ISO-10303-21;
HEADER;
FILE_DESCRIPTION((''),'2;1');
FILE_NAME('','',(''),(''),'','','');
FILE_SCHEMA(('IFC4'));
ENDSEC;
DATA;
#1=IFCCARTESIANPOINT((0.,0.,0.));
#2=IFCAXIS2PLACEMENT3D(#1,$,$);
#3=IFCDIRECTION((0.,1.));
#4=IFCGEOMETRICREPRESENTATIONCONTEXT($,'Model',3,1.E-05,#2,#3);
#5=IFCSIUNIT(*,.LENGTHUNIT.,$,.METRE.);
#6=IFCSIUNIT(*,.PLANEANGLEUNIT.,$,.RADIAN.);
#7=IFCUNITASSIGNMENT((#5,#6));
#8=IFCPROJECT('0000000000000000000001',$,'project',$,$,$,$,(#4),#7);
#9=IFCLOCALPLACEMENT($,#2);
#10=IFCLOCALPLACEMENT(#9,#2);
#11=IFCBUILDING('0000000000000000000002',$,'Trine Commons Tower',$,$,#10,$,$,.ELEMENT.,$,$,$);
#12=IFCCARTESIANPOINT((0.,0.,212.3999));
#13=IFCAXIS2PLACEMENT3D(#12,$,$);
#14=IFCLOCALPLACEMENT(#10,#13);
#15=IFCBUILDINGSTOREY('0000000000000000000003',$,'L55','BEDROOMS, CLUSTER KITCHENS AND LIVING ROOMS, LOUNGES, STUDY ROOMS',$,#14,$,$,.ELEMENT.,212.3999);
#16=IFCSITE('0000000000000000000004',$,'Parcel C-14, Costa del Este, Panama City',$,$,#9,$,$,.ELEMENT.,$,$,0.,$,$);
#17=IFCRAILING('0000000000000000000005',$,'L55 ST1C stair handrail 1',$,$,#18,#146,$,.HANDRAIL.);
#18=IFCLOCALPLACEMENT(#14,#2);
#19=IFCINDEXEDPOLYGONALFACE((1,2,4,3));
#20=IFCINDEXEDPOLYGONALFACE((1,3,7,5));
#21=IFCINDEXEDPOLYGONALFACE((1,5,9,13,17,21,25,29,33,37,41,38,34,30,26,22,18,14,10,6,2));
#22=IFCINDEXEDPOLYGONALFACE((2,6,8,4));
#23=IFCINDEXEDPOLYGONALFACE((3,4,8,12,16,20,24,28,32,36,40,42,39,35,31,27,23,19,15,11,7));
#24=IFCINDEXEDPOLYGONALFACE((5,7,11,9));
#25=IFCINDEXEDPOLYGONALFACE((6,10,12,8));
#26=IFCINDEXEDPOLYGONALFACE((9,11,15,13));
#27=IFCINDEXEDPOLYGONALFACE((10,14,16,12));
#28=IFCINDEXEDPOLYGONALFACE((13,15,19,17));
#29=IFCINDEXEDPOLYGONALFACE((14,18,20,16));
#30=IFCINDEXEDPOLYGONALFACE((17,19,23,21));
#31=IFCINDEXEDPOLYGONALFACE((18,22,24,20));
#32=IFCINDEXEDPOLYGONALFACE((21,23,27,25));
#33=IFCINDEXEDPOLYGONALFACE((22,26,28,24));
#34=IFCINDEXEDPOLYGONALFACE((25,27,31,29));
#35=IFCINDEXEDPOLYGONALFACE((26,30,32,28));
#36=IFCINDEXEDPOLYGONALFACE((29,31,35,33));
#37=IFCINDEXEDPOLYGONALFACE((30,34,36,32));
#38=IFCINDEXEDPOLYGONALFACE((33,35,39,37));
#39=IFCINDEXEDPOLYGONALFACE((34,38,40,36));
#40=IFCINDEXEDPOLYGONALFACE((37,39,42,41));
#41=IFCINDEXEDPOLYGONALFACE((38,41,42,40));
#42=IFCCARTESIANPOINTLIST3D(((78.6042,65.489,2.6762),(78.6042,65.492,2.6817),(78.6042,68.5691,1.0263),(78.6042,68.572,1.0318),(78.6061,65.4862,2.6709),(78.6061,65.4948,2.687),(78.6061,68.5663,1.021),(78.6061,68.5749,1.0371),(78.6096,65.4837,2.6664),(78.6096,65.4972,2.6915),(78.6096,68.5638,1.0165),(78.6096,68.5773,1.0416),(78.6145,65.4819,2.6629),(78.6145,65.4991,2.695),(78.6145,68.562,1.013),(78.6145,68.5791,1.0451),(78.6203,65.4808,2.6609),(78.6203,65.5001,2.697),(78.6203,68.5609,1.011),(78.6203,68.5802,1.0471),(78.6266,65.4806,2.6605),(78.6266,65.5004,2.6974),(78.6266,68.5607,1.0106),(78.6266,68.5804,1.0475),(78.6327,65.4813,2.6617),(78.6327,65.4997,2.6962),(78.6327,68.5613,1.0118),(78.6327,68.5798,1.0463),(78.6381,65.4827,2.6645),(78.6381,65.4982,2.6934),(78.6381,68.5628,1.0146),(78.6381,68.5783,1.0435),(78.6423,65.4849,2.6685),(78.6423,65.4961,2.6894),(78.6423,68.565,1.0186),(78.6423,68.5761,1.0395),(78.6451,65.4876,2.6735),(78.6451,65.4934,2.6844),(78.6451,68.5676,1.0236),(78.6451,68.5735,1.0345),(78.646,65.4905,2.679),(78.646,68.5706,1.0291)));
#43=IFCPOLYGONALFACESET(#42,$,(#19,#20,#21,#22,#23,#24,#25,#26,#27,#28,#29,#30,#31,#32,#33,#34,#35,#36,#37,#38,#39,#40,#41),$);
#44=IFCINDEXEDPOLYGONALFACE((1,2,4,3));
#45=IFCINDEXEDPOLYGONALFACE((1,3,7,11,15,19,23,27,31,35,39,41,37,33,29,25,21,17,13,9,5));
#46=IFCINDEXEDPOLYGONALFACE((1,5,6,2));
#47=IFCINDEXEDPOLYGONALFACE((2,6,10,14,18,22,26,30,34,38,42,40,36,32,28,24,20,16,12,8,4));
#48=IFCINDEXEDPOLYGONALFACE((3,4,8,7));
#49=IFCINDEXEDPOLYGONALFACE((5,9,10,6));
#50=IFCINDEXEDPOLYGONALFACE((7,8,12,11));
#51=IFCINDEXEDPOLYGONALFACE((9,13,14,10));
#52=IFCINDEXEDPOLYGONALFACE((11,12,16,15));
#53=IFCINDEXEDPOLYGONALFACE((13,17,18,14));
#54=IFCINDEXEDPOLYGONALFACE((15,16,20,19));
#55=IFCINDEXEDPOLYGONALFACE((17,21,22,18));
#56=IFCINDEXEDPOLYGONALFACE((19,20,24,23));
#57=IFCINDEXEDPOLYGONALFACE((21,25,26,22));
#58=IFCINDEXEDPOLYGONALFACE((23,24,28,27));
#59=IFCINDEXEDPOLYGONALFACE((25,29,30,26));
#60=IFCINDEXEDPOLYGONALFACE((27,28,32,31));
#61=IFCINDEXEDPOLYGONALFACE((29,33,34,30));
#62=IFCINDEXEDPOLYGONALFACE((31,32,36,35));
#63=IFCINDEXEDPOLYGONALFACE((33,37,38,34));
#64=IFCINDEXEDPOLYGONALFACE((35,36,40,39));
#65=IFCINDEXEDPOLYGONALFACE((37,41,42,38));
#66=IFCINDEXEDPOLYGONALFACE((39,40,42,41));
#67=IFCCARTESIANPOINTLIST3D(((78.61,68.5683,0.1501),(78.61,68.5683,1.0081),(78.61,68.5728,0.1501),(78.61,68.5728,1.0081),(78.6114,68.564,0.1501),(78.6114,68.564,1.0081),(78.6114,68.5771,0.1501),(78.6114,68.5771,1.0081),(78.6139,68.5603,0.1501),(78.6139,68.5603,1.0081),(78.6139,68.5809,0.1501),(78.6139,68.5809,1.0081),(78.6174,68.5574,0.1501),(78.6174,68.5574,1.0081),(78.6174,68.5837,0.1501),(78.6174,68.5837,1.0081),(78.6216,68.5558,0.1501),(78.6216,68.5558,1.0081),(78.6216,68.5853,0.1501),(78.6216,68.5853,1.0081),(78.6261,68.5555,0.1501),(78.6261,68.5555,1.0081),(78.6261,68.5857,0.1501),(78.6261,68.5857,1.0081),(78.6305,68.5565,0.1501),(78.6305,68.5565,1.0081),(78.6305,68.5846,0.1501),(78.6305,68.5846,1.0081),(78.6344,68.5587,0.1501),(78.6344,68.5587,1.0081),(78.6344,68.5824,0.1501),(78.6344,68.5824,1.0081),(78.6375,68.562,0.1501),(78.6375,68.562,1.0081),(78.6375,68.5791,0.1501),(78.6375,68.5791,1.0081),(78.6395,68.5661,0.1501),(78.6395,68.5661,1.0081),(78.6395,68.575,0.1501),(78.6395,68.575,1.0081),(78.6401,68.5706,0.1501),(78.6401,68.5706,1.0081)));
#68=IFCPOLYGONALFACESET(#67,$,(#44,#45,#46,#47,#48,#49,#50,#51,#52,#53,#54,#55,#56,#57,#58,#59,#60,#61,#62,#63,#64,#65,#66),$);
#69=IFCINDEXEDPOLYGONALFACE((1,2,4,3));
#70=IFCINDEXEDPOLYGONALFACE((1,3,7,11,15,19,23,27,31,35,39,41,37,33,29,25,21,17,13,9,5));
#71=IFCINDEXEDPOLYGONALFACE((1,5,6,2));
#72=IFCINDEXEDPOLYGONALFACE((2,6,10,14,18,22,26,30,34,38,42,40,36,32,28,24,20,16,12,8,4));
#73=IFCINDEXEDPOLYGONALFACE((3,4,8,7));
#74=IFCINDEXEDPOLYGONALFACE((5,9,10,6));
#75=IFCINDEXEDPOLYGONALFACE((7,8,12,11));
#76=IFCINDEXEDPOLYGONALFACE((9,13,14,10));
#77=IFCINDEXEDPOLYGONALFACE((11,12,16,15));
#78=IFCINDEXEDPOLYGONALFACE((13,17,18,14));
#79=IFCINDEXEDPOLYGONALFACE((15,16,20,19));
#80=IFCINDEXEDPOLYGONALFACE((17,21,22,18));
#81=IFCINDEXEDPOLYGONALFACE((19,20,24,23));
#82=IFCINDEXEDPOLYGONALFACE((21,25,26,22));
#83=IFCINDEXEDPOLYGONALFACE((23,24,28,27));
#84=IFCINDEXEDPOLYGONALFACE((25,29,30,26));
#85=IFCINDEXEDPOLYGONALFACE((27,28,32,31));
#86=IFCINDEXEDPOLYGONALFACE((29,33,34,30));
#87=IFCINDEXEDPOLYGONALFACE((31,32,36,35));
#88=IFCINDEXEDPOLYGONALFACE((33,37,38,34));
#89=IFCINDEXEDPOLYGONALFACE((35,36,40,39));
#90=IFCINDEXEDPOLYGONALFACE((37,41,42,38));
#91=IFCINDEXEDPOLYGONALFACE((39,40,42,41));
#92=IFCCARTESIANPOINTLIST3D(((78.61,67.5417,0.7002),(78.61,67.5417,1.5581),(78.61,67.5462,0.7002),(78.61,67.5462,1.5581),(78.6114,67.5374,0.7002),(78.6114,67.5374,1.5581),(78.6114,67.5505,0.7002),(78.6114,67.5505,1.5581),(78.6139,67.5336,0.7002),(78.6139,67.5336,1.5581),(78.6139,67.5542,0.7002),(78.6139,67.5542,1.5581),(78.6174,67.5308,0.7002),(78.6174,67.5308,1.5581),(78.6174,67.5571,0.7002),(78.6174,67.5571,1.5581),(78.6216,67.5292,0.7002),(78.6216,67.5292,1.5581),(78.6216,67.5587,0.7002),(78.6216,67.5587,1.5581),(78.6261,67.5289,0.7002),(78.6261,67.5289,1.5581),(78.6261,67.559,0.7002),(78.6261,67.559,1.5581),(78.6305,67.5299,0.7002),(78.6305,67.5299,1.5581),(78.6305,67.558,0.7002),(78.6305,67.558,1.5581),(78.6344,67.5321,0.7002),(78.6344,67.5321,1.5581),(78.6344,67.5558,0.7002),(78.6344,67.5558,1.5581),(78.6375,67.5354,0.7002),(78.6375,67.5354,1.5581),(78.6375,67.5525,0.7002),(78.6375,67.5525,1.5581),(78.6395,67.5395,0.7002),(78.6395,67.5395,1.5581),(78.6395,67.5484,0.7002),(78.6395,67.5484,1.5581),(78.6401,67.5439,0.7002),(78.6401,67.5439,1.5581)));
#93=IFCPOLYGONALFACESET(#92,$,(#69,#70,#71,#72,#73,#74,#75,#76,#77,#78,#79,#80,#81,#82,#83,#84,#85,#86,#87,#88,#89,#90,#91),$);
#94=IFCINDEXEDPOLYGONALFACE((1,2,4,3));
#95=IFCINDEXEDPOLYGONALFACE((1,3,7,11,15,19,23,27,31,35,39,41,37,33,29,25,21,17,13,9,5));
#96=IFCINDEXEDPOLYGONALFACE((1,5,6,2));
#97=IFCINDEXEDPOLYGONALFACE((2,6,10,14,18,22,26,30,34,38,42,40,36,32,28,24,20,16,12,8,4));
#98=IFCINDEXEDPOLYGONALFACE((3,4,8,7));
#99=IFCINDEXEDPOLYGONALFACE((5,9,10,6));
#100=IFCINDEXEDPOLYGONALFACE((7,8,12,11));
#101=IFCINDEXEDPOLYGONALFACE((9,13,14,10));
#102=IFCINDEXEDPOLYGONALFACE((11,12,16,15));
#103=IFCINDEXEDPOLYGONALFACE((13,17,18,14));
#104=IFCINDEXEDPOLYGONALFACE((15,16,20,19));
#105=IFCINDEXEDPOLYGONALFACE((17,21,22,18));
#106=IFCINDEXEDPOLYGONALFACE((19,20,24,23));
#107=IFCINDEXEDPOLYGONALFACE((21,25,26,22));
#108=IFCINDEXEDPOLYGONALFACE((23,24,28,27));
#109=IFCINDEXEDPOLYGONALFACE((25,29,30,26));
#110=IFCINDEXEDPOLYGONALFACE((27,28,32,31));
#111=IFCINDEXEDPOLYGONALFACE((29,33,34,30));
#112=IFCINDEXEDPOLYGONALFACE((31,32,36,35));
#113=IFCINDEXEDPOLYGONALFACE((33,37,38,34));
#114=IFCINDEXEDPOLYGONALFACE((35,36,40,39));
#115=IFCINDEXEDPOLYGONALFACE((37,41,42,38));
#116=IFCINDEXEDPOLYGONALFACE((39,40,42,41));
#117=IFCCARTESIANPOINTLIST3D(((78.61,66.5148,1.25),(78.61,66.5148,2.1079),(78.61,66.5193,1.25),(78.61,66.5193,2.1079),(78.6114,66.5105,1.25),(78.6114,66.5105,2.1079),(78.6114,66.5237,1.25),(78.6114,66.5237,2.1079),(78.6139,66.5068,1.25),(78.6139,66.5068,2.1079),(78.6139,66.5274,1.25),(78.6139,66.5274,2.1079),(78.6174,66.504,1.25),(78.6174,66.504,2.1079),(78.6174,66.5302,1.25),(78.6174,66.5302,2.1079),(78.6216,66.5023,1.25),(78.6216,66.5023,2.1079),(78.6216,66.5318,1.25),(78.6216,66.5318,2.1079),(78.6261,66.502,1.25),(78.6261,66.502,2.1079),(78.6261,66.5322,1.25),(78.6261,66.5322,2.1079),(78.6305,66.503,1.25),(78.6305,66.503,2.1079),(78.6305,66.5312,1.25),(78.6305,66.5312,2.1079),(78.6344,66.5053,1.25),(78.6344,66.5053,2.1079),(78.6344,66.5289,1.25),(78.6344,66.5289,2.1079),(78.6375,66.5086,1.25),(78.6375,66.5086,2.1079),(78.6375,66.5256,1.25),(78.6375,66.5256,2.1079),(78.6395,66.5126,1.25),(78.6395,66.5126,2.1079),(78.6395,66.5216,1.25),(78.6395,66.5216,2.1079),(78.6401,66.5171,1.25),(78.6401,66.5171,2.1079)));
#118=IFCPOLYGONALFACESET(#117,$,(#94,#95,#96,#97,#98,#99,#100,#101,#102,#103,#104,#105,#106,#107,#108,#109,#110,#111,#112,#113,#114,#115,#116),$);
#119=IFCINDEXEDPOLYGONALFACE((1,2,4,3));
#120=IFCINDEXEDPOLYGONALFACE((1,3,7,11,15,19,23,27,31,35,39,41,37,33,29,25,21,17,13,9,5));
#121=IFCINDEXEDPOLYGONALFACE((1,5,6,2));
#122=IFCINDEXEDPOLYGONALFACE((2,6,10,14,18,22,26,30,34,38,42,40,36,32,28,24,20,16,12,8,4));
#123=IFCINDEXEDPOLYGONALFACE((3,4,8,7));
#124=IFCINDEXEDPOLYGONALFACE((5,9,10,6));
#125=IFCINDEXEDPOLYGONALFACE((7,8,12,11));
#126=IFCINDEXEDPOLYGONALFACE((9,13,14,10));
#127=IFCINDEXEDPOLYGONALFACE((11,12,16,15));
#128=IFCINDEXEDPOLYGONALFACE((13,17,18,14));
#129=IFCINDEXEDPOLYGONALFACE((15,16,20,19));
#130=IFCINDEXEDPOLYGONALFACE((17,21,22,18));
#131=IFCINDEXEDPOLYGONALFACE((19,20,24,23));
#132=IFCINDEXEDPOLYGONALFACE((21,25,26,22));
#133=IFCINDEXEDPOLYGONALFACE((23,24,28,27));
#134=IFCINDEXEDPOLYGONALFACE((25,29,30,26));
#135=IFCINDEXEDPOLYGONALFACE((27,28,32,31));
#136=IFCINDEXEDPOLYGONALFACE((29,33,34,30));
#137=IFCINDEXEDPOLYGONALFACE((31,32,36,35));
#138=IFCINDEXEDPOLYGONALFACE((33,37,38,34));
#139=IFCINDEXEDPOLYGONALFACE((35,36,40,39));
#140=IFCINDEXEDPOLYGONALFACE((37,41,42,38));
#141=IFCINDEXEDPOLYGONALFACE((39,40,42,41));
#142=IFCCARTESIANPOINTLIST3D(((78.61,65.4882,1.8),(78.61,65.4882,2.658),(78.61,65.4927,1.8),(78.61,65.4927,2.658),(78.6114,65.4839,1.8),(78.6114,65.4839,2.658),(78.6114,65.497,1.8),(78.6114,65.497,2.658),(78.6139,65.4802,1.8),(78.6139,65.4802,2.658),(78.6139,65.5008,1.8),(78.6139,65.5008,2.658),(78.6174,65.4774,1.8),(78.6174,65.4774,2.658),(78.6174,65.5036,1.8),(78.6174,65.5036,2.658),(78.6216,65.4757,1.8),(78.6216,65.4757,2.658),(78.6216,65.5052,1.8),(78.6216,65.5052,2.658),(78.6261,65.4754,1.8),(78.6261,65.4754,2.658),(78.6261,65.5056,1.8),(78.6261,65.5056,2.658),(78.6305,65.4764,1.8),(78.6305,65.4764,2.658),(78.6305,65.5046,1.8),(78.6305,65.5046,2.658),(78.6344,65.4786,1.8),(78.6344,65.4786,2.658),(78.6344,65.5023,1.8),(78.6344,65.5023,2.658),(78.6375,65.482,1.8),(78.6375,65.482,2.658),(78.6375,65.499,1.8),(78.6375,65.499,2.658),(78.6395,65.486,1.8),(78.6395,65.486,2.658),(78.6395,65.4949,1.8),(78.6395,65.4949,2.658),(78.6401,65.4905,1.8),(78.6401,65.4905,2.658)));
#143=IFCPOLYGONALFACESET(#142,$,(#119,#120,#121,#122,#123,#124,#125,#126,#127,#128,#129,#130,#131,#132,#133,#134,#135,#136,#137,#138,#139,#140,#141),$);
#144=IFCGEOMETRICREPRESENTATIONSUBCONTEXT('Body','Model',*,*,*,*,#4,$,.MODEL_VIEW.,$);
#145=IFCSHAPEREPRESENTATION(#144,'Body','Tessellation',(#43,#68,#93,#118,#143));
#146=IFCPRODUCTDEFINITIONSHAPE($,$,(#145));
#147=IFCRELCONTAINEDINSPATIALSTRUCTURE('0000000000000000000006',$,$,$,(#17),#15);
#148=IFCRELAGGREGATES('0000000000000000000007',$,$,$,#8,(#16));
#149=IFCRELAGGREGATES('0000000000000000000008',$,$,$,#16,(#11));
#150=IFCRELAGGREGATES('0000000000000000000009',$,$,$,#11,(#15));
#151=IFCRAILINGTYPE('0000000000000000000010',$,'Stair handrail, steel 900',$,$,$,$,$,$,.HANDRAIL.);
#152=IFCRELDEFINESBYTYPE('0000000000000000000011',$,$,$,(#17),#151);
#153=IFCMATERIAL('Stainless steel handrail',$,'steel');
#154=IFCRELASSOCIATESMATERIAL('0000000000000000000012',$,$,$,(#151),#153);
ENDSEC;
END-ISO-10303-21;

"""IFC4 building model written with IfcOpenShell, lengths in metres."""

from ifc_helpers import new_model, si_unit, direction, frame, origin, origin_2d, place, context, subcontext, project, spatial, circle, extrude, material, type_object, element, save


model = new_model("IFC4")

# Units and contexts
model_context = context("Model", 3, precision=1e-05, world=origin(), true_north=direction((0.0, 1.0)))
body_context = subcontext(model_context, "Body", "Model", "MODEL_VIEW")
ifc_project = project(units=[si_unit("LENGTHUNIT", "METRE"), si_unit("PLANEANGLEUNIT", "RADIAN")], contexts=[model_context])

# Site, building, storey
site_placement = place(None, origin())
site = spatial("IfcSite", under=ifc_project, at=site_placement, Name="Parcel C-14, Costa del Este, Panama City", CompositionType="ELEMENT", RefElevation=0.0)
building_placement = place(site_placement, origin())
building = spatial("IfcBuilding", under=site, at=building_placement, Name="Trine Commons Tower", CompositionType="ELEMENT")
storey_placement = place(building_placement, frame((0.0, 0.0, 212.3999)))
storey = spatial("IfcBuildingStorey", under=building, at=storey_placement, Name="L55", Description="BEDROOMS, CLUSTER KITCHENS AND LIVING ROOMS, LOUNGES, STUDY ROOMS", CompositionType="ELEMENT", Elevation=212.3999)

# Railing
ifc_material_1 = material(Name="Stainless steel handrail", Category="steel")
railing_type_1 = type_object("IfcRailingType", Name="Stair handrail, steel 900", PredefinedType="HANDRAIL", material=ifc_material_1)
railing_1_placement = place(storey_placement, frame((78.625, 68.5706, 0.1501)))
element("IfcRailing", 1, at=railing_1_placement, inside=storey, type_object=railing_type_1, Name="L55 ST1C stair handrail 1", PredefinedType="HANDRAIL", context=body_context, shape_type="SweptSolid", body=[
    extrude(circle(Radius=0.021, at=origin_2d()), frame((0.0, 0.0, 0.8789), z_axis=(0.0, -0.881497, 0.47219), x_axis=(1.0, 0.0, 0.0)), (0.0, 0.0, 1.0), 3.4941),
    extrude(circle(Radius=0.0151, at=origin_2d()), origin(), (0.0, 0.0, 1.0), 0.8579),
    extrude(circle(Radius=0.0151, at=origin_2d()), frame((0.0, -1.0266, 0.55)), (0.0, 0.0, 1.0), 0.8579),
    extrude(circle(Radius=0.0151, at=origin_2d()), frame((0.0, -2.0535, 1.0999)), (0.0, 0.0, 1.0), 0.8579),
    extrude(circle(Radius=0.0151, at=origin_2d()), frame((0.0, -3.0801, 1.6499)), (0.0, 0.0, 1.0), 0.8579),
])

save(model, "model.ifc")
